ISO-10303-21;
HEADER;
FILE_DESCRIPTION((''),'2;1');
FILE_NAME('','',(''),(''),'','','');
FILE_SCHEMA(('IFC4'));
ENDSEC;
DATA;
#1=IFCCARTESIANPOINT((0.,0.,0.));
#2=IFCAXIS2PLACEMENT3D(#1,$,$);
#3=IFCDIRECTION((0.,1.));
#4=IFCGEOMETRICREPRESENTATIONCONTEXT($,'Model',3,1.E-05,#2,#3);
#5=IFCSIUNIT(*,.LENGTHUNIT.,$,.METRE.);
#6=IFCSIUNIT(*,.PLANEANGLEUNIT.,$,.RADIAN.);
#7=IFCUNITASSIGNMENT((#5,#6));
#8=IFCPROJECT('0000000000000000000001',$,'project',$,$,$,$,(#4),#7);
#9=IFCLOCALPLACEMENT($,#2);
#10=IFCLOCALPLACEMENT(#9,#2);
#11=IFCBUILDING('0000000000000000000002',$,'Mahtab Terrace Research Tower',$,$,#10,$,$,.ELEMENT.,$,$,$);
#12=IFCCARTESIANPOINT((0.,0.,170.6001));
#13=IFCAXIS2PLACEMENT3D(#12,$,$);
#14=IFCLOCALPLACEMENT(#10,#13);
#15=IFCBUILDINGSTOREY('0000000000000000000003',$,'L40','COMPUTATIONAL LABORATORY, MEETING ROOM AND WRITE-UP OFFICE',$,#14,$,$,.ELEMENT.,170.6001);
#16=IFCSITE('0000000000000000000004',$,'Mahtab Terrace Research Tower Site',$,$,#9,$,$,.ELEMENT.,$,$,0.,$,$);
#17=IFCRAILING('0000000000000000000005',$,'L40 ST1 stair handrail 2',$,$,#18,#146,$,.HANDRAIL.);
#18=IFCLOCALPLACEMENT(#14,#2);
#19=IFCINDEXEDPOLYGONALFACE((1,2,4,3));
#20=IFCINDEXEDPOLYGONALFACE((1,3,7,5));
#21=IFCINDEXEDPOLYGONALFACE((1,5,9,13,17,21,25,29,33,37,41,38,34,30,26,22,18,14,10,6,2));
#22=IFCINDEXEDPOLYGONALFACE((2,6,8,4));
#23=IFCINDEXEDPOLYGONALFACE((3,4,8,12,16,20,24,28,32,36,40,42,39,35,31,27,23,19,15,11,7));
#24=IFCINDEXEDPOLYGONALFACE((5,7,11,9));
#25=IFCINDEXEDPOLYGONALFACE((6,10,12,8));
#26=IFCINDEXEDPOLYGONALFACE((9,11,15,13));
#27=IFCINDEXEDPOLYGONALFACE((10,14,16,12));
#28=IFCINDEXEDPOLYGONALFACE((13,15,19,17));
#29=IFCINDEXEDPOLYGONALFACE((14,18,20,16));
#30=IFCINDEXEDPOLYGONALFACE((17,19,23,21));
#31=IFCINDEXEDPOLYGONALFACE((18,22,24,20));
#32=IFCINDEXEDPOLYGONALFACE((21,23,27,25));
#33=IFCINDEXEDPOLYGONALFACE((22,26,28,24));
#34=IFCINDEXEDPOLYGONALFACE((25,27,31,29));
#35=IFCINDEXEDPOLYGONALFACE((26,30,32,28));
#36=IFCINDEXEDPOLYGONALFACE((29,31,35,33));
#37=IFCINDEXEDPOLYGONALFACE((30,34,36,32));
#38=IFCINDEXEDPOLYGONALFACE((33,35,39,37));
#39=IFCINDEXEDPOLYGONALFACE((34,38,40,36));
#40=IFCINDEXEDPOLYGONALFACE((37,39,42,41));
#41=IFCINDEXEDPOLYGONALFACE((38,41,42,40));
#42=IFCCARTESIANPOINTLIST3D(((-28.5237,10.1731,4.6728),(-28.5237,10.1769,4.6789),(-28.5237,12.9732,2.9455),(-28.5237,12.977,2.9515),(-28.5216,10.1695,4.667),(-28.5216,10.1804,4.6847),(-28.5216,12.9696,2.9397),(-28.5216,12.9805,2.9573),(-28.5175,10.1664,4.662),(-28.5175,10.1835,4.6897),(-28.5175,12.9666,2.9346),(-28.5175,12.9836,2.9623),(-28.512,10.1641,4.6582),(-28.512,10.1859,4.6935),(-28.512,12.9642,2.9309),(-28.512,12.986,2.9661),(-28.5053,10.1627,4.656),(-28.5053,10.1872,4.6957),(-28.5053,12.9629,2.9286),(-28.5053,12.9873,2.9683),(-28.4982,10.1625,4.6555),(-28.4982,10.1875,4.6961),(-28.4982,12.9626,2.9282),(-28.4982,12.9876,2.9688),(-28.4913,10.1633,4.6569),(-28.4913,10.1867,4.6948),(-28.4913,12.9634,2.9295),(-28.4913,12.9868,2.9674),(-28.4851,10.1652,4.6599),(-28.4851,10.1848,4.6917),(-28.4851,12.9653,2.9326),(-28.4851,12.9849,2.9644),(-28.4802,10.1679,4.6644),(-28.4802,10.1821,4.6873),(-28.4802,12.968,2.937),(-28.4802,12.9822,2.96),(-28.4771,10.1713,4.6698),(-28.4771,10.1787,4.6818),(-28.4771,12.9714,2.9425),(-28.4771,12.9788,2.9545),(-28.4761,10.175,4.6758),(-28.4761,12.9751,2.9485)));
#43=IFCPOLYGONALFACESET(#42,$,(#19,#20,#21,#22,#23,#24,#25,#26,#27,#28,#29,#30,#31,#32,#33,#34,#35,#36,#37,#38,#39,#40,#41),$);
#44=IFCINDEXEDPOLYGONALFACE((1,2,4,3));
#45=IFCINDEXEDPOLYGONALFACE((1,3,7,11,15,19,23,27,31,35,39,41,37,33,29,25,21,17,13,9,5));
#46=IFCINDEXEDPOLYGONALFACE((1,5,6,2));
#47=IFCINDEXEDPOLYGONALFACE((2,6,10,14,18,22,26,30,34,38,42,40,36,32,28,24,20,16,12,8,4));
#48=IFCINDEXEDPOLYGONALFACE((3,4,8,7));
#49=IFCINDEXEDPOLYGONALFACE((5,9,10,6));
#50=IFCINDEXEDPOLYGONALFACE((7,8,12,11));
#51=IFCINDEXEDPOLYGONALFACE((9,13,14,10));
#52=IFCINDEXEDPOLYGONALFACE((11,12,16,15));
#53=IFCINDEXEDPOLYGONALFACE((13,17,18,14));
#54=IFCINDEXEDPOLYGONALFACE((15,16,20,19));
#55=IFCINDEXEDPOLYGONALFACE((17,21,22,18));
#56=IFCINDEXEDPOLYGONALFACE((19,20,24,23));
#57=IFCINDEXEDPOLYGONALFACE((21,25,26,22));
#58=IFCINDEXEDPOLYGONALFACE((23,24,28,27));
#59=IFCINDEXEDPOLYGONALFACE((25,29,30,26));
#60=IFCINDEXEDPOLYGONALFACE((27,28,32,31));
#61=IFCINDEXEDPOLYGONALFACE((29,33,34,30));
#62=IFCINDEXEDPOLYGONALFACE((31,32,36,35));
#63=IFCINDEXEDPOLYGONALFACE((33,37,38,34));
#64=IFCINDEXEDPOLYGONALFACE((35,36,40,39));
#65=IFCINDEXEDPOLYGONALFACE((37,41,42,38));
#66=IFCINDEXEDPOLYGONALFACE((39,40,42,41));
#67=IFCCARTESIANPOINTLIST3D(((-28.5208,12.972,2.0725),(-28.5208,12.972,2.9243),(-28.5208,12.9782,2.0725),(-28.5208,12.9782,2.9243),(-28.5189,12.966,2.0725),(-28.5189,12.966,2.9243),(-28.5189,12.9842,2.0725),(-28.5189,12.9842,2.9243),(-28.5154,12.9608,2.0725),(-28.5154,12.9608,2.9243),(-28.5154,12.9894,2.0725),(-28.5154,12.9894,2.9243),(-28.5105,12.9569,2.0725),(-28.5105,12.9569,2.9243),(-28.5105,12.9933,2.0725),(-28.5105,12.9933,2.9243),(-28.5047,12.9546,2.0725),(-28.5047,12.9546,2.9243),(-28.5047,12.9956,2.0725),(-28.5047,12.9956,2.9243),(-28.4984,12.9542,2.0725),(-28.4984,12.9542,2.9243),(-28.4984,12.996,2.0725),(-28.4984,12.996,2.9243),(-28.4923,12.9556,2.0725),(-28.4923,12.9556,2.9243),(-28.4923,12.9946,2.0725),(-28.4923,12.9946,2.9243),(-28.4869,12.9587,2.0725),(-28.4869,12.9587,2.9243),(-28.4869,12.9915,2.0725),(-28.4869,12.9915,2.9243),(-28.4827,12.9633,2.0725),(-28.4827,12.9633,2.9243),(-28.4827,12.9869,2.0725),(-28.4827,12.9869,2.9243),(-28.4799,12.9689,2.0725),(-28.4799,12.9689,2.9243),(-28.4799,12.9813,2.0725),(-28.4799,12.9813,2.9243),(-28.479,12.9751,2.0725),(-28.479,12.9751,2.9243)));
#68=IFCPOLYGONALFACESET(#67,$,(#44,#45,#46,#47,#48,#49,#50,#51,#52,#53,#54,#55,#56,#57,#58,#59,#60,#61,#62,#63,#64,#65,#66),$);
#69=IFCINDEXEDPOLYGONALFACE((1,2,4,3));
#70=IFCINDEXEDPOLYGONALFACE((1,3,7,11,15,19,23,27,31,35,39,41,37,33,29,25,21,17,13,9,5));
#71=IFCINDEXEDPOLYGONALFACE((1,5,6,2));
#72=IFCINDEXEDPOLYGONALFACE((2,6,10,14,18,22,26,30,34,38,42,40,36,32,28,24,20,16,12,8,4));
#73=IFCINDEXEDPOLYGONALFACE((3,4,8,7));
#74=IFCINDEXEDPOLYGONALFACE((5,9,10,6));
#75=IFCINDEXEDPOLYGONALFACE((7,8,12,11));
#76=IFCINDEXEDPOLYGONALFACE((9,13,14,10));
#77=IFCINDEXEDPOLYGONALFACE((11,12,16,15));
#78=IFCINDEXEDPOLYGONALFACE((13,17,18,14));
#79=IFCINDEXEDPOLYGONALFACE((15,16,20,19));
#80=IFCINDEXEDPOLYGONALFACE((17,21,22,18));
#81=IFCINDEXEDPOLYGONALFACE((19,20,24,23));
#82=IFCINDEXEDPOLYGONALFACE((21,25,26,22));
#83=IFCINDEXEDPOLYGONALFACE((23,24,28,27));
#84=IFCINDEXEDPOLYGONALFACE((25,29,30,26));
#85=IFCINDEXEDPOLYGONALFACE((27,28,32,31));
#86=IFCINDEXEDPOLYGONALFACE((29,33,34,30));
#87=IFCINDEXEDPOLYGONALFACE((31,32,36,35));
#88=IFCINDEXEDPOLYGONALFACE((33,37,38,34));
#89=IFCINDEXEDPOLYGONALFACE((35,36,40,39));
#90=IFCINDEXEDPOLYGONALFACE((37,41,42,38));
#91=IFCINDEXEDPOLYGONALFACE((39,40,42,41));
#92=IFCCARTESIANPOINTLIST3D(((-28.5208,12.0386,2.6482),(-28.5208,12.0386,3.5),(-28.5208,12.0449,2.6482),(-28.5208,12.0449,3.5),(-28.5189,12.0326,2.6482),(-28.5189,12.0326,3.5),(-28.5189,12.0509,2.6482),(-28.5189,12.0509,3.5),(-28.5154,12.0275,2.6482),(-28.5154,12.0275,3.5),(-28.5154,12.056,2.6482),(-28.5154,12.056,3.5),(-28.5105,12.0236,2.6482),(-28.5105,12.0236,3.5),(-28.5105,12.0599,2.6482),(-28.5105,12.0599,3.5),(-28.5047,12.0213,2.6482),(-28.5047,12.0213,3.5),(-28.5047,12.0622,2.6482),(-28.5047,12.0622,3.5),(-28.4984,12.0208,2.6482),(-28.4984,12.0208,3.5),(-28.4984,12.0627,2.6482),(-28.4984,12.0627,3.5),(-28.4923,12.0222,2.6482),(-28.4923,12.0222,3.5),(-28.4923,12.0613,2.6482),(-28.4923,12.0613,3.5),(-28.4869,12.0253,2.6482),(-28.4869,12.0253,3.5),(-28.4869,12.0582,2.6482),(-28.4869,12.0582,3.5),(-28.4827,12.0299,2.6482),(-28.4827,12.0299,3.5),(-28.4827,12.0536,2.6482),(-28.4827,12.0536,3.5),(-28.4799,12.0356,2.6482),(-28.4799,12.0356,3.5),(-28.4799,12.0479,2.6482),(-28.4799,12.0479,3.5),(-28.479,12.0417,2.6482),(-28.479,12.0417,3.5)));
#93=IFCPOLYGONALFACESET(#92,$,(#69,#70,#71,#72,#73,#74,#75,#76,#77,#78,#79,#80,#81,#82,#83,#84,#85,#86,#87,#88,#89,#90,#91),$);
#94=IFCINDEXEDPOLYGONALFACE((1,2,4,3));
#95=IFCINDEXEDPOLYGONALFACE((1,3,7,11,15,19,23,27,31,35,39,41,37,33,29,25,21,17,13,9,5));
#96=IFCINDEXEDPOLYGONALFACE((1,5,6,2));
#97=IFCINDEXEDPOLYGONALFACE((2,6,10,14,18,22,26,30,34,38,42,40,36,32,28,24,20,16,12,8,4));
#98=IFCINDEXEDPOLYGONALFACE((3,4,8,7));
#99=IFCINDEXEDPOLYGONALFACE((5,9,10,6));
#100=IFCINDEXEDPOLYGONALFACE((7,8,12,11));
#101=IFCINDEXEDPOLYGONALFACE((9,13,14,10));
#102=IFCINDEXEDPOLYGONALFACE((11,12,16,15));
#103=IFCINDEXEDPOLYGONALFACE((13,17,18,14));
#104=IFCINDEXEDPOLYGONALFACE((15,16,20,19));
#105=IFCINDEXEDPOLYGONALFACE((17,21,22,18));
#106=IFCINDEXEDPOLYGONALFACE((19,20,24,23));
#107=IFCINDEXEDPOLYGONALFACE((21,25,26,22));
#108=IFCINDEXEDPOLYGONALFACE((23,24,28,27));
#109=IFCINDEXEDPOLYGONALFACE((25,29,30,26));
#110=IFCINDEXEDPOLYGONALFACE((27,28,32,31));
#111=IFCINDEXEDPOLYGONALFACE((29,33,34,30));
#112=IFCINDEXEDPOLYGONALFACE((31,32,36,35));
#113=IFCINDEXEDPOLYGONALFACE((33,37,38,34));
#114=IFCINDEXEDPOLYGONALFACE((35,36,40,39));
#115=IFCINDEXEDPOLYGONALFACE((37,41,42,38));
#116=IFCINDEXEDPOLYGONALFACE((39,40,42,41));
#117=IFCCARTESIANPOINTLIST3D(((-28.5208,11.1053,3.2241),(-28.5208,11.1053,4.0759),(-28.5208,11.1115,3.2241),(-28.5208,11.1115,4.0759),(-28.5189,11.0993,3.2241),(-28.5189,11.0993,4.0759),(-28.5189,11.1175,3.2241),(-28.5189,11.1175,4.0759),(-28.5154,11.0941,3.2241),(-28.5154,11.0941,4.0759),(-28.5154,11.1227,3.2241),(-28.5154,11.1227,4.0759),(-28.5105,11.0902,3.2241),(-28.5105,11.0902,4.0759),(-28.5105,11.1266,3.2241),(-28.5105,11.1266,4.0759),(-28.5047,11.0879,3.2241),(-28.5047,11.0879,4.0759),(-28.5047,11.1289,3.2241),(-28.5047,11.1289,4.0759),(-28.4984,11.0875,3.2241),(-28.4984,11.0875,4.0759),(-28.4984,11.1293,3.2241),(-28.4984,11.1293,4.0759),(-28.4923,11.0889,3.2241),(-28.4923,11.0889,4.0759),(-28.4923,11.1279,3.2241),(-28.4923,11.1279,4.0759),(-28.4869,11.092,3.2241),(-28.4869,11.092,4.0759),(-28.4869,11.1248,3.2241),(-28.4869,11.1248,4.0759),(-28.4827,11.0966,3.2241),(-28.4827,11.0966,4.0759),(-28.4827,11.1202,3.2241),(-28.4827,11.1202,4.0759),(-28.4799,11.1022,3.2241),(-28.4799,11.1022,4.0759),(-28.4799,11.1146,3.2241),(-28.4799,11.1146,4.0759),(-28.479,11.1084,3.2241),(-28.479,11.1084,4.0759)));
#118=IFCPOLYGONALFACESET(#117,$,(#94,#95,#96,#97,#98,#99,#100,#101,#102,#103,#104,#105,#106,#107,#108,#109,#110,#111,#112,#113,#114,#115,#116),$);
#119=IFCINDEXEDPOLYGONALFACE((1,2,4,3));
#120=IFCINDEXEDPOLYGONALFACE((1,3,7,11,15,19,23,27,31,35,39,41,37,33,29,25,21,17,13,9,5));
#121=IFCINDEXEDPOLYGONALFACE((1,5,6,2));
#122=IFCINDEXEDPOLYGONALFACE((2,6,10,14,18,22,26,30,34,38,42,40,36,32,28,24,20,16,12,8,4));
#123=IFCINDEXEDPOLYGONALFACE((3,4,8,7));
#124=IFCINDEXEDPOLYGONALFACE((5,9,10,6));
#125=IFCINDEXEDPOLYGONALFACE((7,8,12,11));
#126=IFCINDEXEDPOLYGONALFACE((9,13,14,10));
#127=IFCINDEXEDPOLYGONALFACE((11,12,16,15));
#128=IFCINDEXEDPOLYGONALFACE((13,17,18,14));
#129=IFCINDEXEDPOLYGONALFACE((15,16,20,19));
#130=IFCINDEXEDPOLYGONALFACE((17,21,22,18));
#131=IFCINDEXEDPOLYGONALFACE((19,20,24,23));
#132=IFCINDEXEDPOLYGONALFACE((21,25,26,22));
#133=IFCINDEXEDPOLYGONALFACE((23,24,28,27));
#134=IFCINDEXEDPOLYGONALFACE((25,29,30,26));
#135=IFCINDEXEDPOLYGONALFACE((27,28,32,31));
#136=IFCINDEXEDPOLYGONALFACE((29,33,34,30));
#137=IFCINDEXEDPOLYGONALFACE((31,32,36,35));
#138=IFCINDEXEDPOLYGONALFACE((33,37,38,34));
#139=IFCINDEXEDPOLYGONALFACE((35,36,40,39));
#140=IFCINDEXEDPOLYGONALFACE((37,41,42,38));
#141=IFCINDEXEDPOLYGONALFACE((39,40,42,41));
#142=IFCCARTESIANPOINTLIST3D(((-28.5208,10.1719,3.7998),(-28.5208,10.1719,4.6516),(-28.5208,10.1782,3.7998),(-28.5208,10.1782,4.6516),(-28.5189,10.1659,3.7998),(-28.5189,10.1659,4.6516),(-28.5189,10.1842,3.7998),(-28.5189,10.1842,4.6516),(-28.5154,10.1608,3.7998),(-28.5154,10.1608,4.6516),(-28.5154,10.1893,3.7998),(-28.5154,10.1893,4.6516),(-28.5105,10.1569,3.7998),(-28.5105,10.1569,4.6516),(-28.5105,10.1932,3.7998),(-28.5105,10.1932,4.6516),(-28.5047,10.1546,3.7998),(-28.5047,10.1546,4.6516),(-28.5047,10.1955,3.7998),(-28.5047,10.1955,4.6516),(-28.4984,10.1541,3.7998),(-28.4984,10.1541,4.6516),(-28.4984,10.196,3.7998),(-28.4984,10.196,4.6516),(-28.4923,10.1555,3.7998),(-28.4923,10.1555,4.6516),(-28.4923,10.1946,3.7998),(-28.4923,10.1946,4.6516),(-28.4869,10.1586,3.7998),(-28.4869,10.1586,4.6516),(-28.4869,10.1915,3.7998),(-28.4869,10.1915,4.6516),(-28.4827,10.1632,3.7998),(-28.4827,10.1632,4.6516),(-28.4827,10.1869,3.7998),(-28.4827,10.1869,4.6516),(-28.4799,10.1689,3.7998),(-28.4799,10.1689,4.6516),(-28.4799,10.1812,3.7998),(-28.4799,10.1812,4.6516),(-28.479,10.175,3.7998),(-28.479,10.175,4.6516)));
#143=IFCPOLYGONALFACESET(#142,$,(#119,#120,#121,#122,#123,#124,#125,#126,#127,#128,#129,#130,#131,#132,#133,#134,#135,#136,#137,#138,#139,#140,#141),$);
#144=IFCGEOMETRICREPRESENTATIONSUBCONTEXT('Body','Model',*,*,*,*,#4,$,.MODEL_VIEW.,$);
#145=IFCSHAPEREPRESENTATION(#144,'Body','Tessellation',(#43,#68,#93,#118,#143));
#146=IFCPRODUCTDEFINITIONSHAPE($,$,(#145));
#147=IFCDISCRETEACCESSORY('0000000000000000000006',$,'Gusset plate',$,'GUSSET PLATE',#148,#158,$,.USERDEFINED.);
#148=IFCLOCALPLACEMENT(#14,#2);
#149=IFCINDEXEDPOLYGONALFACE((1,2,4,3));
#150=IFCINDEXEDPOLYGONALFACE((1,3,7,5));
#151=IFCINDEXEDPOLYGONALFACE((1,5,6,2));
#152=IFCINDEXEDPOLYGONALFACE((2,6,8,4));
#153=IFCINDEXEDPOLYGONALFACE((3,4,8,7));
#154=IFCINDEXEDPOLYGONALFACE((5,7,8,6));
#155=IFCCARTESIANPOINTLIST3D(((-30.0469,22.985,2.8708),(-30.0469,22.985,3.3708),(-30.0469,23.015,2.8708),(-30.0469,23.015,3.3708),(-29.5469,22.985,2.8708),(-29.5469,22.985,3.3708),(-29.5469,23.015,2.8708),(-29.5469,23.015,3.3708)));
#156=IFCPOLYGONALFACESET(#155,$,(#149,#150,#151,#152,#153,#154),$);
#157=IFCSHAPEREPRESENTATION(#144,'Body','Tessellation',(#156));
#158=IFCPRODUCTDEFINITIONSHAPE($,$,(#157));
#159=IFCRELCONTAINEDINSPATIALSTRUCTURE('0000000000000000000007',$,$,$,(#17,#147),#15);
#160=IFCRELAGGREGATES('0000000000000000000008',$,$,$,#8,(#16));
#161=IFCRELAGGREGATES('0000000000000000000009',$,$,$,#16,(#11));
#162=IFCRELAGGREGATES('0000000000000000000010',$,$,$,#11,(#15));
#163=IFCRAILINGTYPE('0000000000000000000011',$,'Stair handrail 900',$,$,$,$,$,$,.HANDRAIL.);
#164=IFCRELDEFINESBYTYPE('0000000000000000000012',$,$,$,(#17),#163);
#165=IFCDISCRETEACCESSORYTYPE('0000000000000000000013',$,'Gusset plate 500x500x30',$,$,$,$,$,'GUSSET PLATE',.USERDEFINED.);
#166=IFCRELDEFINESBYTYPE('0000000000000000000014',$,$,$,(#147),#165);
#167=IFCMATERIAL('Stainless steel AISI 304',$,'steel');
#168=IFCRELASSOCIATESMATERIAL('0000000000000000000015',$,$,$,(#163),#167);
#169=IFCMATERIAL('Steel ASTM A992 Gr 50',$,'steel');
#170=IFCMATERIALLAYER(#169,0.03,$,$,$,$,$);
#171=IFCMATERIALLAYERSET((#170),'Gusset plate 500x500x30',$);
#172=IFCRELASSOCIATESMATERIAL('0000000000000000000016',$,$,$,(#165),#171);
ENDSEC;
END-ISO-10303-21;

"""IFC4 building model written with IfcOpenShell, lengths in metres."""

from ifc_helpers import new_model, si_unit, direction, frame, origin, origin_2d, place, context, subcontext, project, spatial, rectangle, circle, extrude, material, layer, layer_set, type_object, element, save


model = new_model("IFC4")

# Units and contexts
model_context = context("Model", 3, precision=1e-05, world=origin(), true_north=direction((0.0, 1.0)))
body_context = subcontext(model_context, "Body", "Model", "MODEL_VIEW")
ifc_project = project(units=[si_unit("LENGTHUNIT", "METRE"), si_unit("PLANEANGLEUNIT", "RADIAN")], contexts=[model_context])

# Site, building, storey
site_placement = place(None, origin())
site = spatial("IfcSite", under=ifc_project, at=site_placement, Name="Mahtab Terrace Research Tower Site", CompositionType="ELEMENT", RefElevation=0.0)
building_placement = place(site_placement, origin())
building = spatial("IfcBuilding", under=site, at=building_placement, Name="Mahtab Terrace Research Tower", CompositionType="ELEMENT")
storey_placement = place(building_placement, frame((0.0, 0.0, 170.6001)))
storey = spatial("IfcBuildingStorey", under=building, at=storey_placement, Name="L40", Description="COMPUTATIONAL LABORATORY, MEETING ROOM AND WRITE-UP OFFICE", CompositionType="ELEMENT", Elevation=170.6001)

# Shared definitions
ifc_material_1 = material(Name="Steel ASTM A992 Gr 50", Category="steel")

# Railing
ifc_material_2 = material(Name="Stainless steel AISI 304", Category="steel")
railing_type_1 = type_object("IfcRailingType", Name="Stair handrail 900", PredefinedType="HANDRAIL", material=ifc_material_2)
railing_1_placement = place(storey_placement, frame((-28.5, 12.9751, 2.0725)))
element("IfcRailing", 1, at=railing_1_placement, inside=storey, type_object=railing_type_1, Name="L40 ST1 stair handrail 2", PredefinedType="HANDRAIL", context=body_context, shape_type="SweptSolid", body=[
    extrude(circle(Radius=0.0239, at=origin_2d()), frame((0.0, 0.0, 0.876), z_axis=(0.0, -0.85109, 0.52502), x_axis=(1.0, 0.0, 0.0)), (0.0, 0.0, 1.0), 3.29),
    extrude(circle(Radius=0.021, at=origin_2d()), origin(), (0.0, 0.0, 1.0), 0.8518),
    extrude(circle(Radius=0.021, at=origin_2d()), frame((0.0, -0.9333, 0.5757)), (0.0, 0.0, 1.0), 0.8518),
    extrude(circle(Radius=0.021, at=origin_2d()), frame((0.0, -1.8667, 1.1516)), (0.0, 0.0, 1.0), 0.8518),
    extrude(circle(Radius=0.021, at=origin_2d()), frame((0.0, -2.8, 1.7273)), (0.0, 0.0, 1.0), 0.8518),
])

# Discrete accessory
ifc_layer_1 = layer(ifc_material_1, 0.03)
ifc_layer_set_1 = layer_set([ifc_layer_1], Name="Gusset plate 500x500x30")
discrete_accessory_type = type_object("IfcDiscreteAccessoryType", Name="Gusset plate 500x500x30", ElementType="GUSSET PLATE", PredefinedType="USERDEFINED", material=ifc_layer_set_1)
discrete_accessory_placement = place(storey_placement, frame((-29.7969, 23.0, 2.8708), z_axis=(0.0, 0.0, 1.0), x_axis=(1.0, 0.0, 0.0)))
element("IfcDiscreteAccessory", 2, at=discrete_accessory_placement, inside=storey, type_object=discrete_accessory_type, Name="Gusset plate", ObjectType="GUSSET PLATE", PredefinedType="USERDEFINED", context=body_context, shape_type="SweptSolid", body=[
    extrude(rectangle(XDim=0.5, YDim=0.03, at=origin_2d()), origin(), (0.0, 0.0, 1.0), 0.5),
])

save(model, "model.ifc")
